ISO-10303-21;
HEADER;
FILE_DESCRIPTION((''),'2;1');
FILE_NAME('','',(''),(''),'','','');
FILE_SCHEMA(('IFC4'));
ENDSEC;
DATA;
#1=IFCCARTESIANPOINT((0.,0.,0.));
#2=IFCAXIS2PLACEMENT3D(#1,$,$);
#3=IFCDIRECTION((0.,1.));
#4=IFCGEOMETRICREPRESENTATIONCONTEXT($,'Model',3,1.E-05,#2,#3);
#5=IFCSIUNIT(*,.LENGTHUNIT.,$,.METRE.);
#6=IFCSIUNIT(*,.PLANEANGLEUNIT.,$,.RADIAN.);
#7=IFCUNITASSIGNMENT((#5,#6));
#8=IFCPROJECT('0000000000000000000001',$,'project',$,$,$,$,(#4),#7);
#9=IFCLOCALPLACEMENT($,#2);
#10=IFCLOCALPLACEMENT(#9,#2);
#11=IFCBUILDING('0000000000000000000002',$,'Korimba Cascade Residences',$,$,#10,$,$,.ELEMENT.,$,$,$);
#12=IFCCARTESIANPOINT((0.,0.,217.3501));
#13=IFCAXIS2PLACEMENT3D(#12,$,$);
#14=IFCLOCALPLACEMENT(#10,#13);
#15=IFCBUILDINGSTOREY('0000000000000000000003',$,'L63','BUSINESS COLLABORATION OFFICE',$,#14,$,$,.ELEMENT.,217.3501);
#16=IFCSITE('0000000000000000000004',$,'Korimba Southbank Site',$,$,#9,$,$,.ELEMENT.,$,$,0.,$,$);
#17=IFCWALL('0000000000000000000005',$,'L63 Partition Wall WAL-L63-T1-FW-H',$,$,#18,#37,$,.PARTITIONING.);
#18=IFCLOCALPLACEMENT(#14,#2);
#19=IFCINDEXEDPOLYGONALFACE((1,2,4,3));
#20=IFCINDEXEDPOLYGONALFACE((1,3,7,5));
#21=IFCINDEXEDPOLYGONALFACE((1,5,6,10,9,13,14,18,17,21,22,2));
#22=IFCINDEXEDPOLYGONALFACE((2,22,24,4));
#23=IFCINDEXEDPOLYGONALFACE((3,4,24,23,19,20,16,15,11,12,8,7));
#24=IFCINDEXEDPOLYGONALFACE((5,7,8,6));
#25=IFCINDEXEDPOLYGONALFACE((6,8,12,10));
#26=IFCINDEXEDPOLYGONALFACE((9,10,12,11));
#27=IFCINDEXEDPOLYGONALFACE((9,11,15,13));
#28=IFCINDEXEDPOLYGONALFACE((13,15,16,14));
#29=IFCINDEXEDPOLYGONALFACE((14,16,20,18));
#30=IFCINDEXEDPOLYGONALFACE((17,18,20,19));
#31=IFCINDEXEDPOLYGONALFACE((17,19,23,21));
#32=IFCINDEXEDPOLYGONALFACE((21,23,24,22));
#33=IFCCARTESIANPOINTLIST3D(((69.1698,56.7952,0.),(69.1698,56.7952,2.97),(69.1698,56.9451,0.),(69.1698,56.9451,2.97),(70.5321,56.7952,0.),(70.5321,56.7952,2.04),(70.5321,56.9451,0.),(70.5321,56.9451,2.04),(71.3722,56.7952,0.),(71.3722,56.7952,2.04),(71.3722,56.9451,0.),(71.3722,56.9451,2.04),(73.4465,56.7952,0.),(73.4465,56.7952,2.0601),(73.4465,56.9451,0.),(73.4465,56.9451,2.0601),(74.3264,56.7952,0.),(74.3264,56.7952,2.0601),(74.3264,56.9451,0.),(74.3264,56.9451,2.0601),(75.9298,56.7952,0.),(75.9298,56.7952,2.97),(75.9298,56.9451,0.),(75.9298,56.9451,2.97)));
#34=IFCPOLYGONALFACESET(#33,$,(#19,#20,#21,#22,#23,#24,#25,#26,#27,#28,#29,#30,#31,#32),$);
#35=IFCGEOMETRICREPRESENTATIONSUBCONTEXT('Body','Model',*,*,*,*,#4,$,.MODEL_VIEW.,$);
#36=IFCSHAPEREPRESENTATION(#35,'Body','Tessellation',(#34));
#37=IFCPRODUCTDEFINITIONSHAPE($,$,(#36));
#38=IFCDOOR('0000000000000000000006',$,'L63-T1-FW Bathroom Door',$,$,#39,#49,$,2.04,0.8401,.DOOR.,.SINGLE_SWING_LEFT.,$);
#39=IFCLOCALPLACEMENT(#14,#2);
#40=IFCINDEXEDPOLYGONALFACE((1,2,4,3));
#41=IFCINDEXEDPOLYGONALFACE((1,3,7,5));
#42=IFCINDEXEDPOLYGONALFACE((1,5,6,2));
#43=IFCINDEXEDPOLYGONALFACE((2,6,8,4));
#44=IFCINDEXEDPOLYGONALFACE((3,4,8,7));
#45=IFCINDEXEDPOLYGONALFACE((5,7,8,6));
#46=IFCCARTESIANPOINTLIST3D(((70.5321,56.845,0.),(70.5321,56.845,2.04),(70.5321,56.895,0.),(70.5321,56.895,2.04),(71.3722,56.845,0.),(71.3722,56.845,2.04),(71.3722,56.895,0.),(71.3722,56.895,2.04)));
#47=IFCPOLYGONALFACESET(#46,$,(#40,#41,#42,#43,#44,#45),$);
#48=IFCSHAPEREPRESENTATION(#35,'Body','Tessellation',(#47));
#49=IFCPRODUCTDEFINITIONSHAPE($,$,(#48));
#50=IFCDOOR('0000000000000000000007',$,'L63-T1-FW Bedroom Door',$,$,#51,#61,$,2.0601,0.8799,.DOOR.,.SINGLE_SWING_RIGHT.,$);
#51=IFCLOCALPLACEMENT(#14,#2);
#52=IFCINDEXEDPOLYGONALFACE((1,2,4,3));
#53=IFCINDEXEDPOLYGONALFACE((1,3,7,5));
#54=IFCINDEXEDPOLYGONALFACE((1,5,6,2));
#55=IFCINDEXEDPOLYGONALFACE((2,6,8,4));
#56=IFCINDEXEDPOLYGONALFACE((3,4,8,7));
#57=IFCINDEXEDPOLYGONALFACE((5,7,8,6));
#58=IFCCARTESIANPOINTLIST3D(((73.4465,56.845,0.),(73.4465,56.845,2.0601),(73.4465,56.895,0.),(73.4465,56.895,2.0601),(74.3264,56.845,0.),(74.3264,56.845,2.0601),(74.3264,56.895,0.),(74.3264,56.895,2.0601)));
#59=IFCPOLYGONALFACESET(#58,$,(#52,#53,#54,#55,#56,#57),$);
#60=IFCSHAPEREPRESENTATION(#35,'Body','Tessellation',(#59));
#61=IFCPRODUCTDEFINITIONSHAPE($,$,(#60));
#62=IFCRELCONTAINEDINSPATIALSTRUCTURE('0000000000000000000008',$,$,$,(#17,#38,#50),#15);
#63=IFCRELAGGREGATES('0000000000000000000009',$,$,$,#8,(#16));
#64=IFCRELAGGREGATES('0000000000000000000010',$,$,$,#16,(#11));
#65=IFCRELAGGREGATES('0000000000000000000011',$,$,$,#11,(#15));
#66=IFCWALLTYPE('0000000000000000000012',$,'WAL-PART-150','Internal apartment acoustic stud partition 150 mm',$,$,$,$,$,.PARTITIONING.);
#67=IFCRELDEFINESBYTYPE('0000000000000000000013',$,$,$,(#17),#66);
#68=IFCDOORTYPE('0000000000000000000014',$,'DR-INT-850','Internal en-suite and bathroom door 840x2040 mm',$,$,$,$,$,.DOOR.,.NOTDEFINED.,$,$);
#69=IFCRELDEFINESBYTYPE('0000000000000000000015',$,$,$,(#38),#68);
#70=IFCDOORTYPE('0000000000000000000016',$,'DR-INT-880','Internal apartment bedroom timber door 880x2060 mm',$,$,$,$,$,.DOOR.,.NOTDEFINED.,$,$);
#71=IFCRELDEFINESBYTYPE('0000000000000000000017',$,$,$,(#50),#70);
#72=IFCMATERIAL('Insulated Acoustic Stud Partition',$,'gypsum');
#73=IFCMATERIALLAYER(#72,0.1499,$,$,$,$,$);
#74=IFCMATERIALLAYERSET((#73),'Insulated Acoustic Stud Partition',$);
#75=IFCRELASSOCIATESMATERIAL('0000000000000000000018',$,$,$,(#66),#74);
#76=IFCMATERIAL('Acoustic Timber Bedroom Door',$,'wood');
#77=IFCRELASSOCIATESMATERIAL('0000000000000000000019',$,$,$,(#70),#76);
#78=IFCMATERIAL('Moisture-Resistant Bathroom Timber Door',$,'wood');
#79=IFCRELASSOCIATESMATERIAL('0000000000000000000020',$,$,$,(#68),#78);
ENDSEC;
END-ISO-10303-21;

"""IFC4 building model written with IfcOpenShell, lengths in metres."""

from ifc_helpers import new_model, si_unit, direction, frame, frame_2d, origin, place, context, subcontext, project, spatial, rectangle, extrude, material, layer, layer_set, type_object, element, fill, save


model = new_model("IFC4")

# Units and contexts
model_context = context("Model", 3, precision=1e-05, world=origin(), true_north=direction((0.0, 1.0)))
body_context = subcontext(model_context, "Body", "Model", "MODEL_VIEW")
ifc_project = project(units=[si_unit("LENGTHUNIT", "METRE"), si_unit("PLANEANGLEUNIT", "RADIAN")], contexts=[model_context])

# Site, building, storey
site_placement = place(None, origin())
site = spatial("IfcSite", under=ifc_project, at=site_placement, Name="Korimba Southbank Site", CompositionType="ELEMENT", RefElevation=0.0)
building_placement = place(site_placement, origin())
building = spatial("IfcBuilding", under=site, at=building_placement, Name="Korimba Cascade Residences", CompositionType="ELEMENT")
storey_placement = place(building_placement, frame((0.0, 0.0, 217.3501)))
storey = spatial("IfcBuildingStorey", under=building, at=storey_placement, Name="L63", Description="BUSINESS COLLABORATION OFFICE", CompositionType="ELEMENT", Elevation=217.3501)

# Shared definitions
ifc_material_1 = material(Name="Insulated Acoustic Stud Partition", Category="gypsum")
ifc_layer_1 = layer(ifc_material_1, 0.1499)
ifc_layer_set_1 = layer_set([ifc_layer_1], Name="Insulated Acoustic Stud Partition")
wall_type_1 = type_object("IfcWallType", Name="WAL-PART-150", Description="Internal apartment acoustic stud partition 150 mm", PredefinedType="PARTITIONING", material=ifc_layer_set_1)
ifc_material_2 = material(Name="Acoustic Timber Bedroom Door", Category="wood")
door_type_1 = type_object("IfcDoorType", Name="DR-INT-880", Description="Internal apartment bedroom timber door 880x2060 mm", OperationType="NOTDEFINED", PredefinedType="DOOR", material=ifc_material_2)

# Wall, openings, doors
wall_1_placement = place(storey_placement, frame((69.1699, 56.8701, 0.0), z_axis=(0.0, 0.0, 1.0), x_axis=(1.0, 0.0, 0.0)))
wall_1 = element("IfcWall", 1, at=wall_1_placement, inside=storey, type_object=wall_type_1, Name="L63 Partition Wall WAL-L63-T1-FW-H", PredefinedType="PARTITIONING", context=body_context, shape_type="SweptSolid", body=[
    extrude(rectangle(XDim=6.76, YDim=0.1499, at=frame_2d((3.3799, 0.0))), origin(), (0.0, 0.0, 1.0), 2.97),
])
opening_1_placement = place(wall_1_placement, frame((1.3623, 0.0, 0.0)))
opening_1 = element("IfcOpeningElement", 2, at=opening_1_placement, cuts=wall_1, PredefinedType="OPENING", context=body_context, shape_type="SweptSolid", body=[
    extrude(rectangle(XDim=0.8401, YDim=2.04, at=frame_2d((0.4199, 1.02))), frame((0.0, 0.085, 0.0), z_axis=(0.0, -1.0, 0.0), x_axis=(1.0, 0.0, 0.0)), (0.0, 0.0, 1.0), 0.1699),
])
opening_2_placement = place(wall_1_placement, frame((4.2766, 0.0, 0.0)))
opening_2 = element("IfcOpeningElement", 3, at=opening_2_placement, cuts=wall_1, PredefinedType="OPENING", context=body_context, shape_type="SweptSolid", body=[
    extrude(rectangle(XDim=0.8799, YDim=2.0601, at=frame_2d((0.4399, 1.03))), frame((0.0, 0.085, 0.0), z_axis=(0.0, -1.0, 0.0), x_axis=(1.0, 0.0, 0.0)), (0.0, 0.0, 1.0), 0.1699),
])
ifc_material_3 = material(Name="Moisture-Resistant Bathroom Timber Door", Category="wood")
door_type_2 = type_object("IfcDoorType", Name="DR-INT-850", Description="Internal en-suite and bathroom door 840x2040 mm", OperationType="NOTDEFINED", PredefinedType="DOOR", material=ifc_material_3)
door_1_placement = place(opening_1_placement, origin())
door_1 = element("IfcDoor", 4, at=door_1_placement, inside=storey, type_object=door_type_2, Name="L63-T1-FW Bathroom Door", OperationType="SINGLE_SWING_LEFT", OverallHeight=2.04, OverallWidth=0.8401, PredefinedType="DOOR", context=body_context, shape_type="SweptSolid", body=[
    extrude(rectangle(XDim=0.8401, YDim=2.04, at=frame_2d((0.4199, 1.02))), frame((0.0, 0.0249, 0.0), z_axis=(0.0, -1.0, 0.0), x_axis=(1.0, 0.0, 0.0)), (0.0, 0.0, 1.0), 0.05),
])
fill(opening_1, door_1)
door_2_placement = place(opening_2_placement, origin())
door_2 = element("IfcDoor", 5, at=door_2_placement, inside=storey, type_object=door_type_1, Name="L63-T1-FW Bedroom Door", OperationType="SINGLE_SWING_RIGHT", OverallHeight=2.0601, OverallWidth=0.8799, PredefinedType="DOOR", context=body_context, shape_type="SweptSolid", body=[
    extrude(rectangle(XDim=0.8799, YDim=2.0601, at=frame_2d((0.4399, 1.03))), frame((0.0, 0.0249, 0.0), z_axis=(0.0, -1.0, 0.0), x_axis=(1.0, 0.0, 0.0)), (0.0, 0.0, 1.0), 0.05),
])
fill(opening_2, door_2)

save(model, "model.ifc")
